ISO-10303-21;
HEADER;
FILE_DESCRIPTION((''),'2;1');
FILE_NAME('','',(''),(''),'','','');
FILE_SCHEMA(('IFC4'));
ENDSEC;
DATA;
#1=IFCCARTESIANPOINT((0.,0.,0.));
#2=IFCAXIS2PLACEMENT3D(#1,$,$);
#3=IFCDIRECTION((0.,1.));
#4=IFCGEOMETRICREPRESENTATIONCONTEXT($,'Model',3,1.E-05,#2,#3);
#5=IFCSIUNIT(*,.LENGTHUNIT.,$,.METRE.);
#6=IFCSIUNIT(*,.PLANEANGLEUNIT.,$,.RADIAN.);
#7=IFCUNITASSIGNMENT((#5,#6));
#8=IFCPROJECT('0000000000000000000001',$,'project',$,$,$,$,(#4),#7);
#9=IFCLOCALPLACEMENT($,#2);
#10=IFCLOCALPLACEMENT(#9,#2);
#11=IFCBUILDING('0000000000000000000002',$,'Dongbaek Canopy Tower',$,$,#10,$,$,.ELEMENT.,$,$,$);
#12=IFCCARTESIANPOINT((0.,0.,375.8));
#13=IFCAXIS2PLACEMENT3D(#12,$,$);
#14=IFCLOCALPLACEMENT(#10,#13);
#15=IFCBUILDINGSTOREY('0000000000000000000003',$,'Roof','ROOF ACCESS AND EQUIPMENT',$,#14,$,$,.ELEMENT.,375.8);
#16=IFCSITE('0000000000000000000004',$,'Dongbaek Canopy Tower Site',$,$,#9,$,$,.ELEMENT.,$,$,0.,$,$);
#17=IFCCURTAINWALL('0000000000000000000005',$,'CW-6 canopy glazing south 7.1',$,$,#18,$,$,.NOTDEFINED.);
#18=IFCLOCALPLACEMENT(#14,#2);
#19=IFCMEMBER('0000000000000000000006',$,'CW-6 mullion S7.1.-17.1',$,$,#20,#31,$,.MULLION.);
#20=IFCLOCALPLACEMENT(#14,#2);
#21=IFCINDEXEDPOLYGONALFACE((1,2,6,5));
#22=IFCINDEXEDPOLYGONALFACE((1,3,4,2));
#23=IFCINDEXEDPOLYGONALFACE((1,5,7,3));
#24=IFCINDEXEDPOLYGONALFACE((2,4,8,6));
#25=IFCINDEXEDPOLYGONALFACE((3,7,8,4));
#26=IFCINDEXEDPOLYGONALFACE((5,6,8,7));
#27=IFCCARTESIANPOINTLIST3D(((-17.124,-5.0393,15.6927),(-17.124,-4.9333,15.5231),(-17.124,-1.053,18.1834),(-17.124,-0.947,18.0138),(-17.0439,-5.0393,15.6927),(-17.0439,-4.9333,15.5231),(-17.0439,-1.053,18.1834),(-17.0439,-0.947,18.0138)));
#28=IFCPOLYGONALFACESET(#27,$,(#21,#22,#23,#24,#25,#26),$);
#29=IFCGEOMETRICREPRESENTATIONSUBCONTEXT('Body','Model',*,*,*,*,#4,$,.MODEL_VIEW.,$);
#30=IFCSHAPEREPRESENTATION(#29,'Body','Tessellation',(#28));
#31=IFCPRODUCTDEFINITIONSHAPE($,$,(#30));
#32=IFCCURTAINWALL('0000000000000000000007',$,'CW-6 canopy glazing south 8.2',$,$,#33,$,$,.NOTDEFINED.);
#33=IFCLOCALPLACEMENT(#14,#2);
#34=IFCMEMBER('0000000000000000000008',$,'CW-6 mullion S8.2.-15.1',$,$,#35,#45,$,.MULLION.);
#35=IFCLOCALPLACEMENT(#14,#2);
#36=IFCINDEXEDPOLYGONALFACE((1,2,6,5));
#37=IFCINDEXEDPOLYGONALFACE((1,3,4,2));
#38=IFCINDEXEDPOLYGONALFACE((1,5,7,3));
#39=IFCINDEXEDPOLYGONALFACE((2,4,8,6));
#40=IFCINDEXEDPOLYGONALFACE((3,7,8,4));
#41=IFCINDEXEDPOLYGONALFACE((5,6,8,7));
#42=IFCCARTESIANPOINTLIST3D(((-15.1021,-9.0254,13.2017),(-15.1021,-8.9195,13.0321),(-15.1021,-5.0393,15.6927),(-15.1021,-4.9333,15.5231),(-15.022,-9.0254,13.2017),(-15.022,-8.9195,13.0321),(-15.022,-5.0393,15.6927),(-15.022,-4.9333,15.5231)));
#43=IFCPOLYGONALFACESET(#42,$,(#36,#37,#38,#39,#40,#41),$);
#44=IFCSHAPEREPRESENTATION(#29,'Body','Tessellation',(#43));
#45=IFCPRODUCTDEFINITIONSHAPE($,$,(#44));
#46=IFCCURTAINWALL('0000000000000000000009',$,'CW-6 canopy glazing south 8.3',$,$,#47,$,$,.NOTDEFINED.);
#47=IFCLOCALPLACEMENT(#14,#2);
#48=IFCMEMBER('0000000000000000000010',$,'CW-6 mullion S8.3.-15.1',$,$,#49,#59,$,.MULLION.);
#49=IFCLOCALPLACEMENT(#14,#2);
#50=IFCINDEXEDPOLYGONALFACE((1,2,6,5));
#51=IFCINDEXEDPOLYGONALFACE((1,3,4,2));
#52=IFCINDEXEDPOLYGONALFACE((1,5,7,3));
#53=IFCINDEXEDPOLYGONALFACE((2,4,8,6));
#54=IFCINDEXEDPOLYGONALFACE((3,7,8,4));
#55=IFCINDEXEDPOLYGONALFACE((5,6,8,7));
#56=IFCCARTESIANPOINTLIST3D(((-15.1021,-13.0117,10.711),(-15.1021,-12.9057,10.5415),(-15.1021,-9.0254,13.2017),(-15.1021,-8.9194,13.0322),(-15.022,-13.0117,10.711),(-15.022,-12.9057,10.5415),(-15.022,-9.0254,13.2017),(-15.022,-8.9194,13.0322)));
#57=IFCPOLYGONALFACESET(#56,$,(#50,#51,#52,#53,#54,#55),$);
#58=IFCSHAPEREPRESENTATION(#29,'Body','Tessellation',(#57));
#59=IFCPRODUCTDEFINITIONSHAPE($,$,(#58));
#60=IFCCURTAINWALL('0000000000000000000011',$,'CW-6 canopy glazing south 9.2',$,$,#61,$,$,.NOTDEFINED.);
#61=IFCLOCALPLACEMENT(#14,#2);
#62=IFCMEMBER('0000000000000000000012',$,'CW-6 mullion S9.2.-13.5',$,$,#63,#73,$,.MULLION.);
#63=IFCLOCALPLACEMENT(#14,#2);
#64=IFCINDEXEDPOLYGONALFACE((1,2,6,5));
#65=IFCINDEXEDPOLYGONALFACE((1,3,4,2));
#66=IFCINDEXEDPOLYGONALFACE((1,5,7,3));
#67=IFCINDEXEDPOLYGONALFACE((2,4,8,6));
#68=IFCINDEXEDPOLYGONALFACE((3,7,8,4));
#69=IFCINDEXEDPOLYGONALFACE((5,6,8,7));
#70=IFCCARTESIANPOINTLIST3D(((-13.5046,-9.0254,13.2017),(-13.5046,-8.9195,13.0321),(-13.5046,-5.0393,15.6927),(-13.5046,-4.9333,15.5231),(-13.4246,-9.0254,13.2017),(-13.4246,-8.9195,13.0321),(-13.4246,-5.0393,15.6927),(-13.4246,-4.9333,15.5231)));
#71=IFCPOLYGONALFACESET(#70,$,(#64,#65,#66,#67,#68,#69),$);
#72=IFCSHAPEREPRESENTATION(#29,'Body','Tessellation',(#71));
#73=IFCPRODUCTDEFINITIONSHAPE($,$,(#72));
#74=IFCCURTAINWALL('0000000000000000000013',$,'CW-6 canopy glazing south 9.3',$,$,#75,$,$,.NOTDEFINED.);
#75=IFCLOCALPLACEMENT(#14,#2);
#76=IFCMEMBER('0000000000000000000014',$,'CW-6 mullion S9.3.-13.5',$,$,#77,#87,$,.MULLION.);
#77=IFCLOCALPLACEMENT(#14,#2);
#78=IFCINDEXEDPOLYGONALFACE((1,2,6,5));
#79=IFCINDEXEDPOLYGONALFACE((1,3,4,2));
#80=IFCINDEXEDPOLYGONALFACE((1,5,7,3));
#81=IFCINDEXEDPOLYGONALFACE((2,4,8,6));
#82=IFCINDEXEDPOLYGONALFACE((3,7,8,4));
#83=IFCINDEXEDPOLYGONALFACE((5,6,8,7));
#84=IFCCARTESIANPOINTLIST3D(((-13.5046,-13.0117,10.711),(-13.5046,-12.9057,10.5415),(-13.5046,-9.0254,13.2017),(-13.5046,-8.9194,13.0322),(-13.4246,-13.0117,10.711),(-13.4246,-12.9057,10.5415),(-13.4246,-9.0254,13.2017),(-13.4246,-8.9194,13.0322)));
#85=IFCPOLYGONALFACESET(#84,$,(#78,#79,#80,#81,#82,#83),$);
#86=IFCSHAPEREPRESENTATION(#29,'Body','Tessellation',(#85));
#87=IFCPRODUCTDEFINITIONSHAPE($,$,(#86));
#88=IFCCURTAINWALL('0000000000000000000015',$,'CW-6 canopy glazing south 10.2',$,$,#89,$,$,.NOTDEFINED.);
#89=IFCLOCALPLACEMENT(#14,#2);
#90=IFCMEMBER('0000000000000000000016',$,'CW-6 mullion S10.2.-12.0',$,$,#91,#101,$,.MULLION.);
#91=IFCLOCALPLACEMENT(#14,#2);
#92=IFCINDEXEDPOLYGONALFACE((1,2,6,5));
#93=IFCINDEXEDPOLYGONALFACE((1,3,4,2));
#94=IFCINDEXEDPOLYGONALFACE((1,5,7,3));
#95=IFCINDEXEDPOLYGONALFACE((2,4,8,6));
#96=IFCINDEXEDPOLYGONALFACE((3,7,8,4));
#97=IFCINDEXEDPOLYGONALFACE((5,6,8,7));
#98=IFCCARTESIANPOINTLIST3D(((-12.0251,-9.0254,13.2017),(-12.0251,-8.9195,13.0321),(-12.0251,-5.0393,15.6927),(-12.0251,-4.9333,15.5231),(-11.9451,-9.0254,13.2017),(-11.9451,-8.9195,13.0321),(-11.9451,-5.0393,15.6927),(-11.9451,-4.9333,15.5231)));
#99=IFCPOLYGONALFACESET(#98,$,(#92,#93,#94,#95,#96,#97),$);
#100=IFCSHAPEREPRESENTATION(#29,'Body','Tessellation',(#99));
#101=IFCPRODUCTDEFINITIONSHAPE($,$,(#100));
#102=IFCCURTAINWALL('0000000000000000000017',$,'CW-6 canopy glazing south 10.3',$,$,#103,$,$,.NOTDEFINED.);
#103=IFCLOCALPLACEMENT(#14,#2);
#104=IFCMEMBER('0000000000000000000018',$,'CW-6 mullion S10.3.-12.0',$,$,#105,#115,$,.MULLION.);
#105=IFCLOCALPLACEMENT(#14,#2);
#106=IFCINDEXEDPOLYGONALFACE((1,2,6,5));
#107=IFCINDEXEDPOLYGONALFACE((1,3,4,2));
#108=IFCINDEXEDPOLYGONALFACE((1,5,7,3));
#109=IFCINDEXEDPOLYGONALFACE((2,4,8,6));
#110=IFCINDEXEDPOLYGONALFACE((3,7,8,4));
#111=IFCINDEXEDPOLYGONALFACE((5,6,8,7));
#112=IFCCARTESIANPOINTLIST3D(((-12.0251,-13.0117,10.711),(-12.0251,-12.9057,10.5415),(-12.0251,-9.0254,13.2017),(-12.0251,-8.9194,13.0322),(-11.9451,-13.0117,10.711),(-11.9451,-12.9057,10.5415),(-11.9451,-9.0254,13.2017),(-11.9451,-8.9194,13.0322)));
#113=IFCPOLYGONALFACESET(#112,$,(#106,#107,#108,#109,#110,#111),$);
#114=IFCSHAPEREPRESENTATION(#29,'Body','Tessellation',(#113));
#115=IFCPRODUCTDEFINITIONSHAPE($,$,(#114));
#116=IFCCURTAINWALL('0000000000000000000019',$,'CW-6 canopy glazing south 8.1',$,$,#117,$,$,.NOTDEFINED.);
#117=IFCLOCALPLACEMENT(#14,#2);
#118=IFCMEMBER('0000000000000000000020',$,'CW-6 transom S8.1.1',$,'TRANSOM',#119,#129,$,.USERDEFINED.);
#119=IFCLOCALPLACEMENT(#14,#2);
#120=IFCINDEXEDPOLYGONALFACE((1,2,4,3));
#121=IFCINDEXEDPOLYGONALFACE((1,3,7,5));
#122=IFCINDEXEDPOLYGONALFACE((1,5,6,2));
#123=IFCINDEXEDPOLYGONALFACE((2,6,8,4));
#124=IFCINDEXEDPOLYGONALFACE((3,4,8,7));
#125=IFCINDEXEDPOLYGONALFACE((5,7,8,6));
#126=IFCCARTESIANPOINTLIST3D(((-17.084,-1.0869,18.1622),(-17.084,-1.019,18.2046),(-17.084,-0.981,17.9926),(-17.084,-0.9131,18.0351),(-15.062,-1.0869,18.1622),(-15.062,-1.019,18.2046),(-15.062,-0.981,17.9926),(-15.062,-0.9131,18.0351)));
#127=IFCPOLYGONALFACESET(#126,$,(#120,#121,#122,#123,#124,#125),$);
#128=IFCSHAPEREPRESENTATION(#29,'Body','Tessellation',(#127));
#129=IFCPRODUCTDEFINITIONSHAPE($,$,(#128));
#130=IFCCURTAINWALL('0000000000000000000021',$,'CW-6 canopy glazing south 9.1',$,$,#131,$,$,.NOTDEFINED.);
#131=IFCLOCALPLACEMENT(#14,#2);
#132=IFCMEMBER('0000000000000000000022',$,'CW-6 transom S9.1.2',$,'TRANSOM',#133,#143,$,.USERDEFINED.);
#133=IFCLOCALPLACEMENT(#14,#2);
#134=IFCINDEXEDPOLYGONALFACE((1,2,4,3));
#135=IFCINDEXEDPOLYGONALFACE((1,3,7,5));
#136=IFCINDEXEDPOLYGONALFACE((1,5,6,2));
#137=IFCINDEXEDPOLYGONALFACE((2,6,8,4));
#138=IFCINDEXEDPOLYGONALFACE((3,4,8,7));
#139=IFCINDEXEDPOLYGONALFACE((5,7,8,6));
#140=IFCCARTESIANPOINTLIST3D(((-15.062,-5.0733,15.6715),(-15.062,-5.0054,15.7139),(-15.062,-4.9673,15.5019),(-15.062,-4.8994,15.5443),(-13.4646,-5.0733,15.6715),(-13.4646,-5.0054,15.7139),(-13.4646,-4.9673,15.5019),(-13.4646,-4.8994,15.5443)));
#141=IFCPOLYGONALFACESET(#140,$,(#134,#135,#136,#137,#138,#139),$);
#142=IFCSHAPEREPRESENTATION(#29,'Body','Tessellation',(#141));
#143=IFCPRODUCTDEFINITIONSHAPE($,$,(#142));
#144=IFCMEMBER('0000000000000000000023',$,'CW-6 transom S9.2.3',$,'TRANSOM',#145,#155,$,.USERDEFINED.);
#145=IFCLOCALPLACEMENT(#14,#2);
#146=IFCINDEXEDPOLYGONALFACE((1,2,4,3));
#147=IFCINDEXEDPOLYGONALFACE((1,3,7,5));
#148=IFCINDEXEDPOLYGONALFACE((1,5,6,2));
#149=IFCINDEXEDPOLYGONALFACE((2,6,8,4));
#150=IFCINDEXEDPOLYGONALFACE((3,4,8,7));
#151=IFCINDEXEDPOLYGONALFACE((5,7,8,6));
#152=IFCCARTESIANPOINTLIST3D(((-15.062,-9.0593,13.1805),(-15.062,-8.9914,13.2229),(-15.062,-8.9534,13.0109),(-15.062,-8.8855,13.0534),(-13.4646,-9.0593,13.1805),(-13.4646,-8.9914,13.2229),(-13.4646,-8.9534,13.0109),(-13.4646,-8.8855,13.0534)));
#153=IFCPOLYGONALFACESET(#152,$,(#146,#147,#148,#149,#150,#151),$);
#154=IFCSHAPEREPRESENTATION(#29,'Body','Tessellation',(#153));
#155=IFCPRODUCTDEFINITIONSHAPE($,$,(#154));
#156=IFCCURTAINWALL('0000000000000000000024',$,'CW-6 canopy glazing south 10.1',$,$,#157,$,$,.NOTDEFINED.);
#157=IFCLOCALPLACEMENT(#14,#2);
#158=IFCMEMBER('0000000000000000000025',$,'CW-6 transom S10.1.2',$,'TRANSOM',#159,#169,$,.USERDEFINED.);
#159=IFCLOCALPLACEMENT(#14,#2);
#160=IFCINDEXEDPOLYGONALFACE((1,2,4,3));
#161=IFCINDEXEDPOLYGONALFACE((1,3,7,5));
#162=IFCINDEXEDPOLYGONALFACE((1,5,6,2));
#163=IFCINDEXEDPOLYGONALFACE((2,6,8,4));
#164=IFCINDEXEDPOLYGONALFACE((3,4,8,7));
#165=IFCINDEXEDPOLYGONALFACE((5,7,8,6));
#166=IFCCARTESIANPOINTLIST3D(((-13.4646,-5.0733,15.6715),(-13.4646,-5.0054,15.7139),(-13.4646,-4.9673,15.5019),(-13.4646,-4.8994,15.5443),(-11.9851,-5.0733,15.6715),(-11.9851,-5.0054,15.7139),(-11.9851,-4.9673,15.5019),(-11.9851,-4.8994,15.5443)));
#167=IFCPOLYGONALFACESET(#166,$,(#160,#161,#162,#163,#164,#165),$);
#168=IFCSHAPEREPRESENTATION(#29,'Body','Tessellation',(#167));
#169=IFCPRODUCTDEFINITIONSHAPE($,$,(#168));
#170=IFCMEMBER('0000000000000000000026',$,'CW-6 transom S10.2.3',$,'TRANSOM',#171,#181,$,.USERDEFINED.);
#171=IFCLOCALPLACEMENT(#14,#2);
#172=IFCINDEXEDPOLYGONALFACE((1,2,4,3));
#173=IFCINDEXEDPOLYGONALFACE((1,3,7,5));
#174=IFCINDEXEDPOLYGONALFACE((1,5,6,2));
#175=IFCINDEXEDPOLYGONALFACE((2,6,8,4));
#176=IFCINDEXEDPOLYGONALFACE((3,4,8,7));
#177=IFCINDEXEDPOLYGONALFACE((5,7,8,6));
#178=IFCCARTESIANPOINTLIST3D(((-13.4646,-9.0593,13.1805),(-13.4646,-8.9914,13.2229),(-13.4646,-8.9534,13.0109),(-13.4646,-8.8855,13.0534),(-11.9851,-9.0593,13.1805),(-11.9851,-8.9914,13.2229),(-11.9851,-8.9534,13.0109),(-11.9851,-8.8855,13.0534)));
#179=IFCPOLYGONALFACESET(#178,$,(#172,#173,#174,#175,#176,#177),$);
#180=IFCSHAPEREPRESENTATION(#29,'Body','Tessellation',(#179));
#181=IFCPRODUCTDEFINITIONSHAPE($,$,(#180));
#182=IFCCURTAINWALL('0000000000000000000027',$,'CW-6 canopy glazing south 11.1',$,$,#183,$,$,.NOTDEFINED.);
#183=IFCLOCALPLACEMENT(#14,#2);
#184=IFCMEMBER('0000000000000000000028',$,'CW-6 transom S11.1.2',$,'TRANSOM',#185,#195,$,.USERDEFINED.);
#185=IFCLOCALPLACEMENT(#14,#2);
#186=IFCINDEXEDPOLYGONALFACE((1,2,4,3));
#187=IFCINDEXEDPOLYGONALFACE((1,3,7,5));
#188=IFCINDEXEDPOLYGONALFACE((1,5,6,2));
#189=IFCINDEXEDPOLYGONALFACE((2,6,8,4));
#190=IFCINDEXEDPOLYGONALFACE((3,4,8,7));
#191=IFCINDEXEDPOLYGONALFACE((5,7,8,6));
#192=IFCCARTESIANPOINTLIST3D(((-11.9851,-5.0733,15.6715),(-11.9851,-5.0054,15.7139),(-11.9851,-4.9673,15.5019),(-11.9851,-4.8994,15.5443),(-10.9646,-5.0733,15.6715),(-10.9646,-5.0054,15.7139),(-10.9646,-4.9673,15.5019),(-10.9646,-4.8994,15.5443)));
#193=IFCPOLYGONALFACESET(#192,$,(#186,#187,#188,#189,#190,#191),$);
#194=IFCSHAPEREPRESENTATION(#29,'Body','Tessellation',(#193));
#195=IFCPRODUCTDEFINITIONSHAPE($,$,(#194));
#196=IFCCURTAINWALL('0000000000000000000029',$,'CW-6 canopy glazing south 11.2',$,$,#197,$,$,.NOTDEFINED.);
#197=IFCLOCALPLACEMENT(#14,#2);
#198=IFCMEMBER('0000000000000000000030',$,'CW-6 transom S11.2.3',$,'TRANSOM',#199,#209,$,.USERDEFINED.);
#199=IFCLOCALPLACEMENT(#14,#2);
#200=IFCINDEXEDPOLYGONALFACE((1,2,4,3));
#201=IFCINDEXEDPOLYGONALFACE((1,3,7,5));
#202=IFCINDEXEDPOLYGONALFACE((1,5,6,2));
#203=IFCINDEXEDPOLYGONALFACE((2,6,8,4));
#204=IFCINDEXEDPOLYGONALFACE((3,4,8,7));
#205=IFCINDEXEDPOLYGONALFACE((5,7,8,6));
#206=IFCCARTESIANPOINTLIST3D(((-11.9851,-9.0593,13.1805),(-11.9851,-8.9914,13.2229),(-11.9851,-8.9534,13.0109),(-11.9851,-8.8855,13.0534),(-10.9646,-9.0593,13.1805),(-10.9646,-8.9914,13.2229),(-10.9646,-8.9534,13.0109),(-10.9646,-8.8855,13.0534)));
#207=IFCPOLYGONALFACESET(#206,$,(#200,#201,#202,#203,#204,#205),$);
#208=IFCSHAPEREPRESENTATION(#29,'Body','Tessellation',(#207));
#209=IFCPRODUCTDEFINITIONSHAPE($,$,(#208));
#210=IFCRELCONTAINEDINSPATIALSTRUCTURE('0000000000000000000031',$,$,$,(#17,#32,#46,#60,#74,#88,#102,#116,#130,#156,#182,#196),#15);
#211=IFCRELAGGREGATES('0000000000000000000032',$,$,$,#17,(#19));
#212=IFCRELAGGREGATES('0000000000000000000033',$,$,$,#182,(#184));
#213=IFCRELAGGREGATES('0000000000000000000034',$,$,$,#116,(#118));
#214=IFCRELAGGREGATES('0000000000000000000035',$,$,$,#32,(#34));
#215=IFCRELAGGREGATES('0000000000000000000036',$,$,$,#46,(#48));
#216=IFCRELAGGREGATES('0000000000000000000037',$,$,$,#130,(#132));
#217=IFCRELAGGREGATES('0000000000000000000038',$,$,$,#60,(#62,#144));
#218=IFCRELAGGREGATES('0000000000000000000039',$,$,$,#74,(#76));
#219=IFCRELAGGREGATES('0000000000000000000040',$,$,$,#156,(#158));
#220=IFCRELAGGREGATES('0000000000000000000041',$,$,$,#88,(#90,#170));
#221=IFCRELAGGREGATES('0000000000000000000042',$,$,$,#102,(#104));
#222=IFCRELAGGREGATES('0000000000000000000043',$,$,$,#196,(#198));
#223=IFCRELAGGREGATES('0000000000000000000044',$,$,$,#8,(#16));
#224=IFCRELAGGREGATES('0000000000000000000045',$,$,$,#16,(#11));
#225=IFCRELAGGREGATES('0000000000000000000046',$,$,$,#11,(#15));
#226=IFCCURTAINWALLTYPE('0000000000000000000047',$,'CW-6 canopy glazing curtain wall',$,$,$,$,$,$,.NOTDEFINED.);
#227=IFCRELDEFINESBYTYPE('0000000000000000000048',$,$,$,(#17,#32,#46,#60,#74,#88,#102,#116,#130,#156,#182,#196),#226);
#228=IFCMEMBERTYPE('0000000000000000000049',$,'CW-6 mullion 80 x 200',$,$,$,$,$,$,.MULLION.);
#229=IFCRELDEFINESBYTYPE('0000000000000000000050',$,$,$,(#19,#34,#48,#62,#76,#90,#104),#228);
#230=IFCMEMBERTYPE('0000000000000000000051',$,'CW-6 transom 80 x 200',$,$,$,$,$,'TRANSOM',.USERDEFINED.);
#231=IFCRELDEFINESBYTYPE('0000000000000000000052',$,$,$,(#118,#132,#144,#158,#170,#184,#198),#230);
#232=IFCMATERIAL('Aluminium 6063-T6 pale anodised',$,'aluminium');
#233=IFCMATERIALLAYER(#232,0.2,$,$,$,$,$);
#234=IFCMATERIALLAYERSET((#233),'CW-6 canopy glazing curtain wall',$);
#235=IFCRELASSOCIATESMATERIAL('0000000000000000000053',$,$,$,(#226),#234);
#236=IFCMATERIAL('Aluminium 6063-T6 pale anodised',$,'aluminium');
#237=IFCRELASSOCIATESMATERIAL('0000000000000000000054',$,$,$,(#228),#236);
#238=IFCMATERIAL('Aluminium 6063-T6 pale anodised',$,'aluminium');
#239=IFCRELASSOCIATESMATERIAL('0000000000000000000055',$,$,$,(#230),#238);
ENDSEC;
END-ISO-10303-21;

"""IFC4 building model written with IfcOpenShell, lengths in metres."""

from ifc_helpers import new_model, si_unit, direction, frame, origin, origin_2d, place, context, subcontext, project, spatial, rectangle, extrude, material, layer, layer_set, material_profile, profile_set, type_object, element, aggregate, save


model = new_model("IFC4")

# Units and contexts
model_context = context("Model", 3, precision=1e-05, world=origin(), true_north=direction((0.0, 1.0)))
body_context = subcontext(model_context, "Body", "Model", "MODEL_VIEW")
ifc_project = project(units=[si_unit("LENGTHUNIT", "METRE"), si_unit("PLANEANGLEUNIT", "RADIAN")], contexts=[model_context])

# Site, building, storey
site_placement = place(None, origin())
site = spatial("IfcSite", under=ifc_project, at=site_placement, Name="Dongbaek Canopy Tower Site", CompositionType="ELEMENT", RefElevation=0.0)
building_placement = place(site_placement, origin())
building = spatial("IfcBuilding", under=site, at=building_placement, Name="Dongbaek Canopy Tower", CompositionType="ELEMENT")
storey_placement = place(building_placement, frame((0.0, 0.0, 375.8)))
storey = spatial("IfcBuildingStorey", under=building, at=storey_placement, Name="Roof", Description="ROOF ACCESS AND EQUIPMENT", CompositionType="ELEMENT", Elevation=375.8)

# Curtain walls, members
ifc_material_1 = material(Name="Aluminium 6063-T6 pale anodised", Category="aluminium")
ifc_layer_1 = layer(ifc_material_1, 0.2)
ifc_layer_set_1 = layer_set([ifc_layer_1], Name="CW-6 canopy glazing curtain wall")
curtain_wall_type = type_object("IfcCurtainWallType", Name="CW-6 canopy glazing curtain wall", PredefinedType="NOTDEFINED", material=ifc_layer_set_1)
curtain_wall_1_placement = place(storey_placement, origin())
curtain_wall_1 = element("IfcCurtainWall", 1, at=curtain_wall_1_placement, inside=storey, type_object=curtain_wall_type, Name="CW-6 canopy glazing south 7.1", PredefinedType="NOTDEFINED")
ifc_material_2 = material(Name="Aluminium 6063-T6 pale anodised", Category="aluminium")
ifc_material_profile_1 = material_profile(ifc_material_2, rectangle(XDim=0.0801, YDim=0.2, at=origin_2d()), Name="CW-6 mullion 80 x 200")
ifc_profile_set_1 = profile_set([ifc_material_profile_1], Name="Aluminium 6063-T6 pale anodised")
member_type_1 = type_object("IfcMemberType", Name="CW-6 mullion 80 x 200", PredefinedType="MULLION", material=ifc_profile_set_1)
member_1_placement = place(storey_placement, frame((-17.084, -1.0, 18.0986), z_axis=(0.0, -0.848068, -0.529887), x_axis=(1.0, 0.0, 0.0)))
member_1 = element("IfcMember", 2, at=member_1_placement, type_object=member_type_1, Name="CW-6 mullion S7.1.-17.1", PredefinedType="MULLION", context=body_context, shape_type="SweptSolid", body=[
    extrude(rectangle(XDim=0.0801, YDim=0.2, at=origin_2d()), origin(), (0.0, 0.0, 1.0), 4.7004),
])
aggregate(curtain_wall_1, [member_1])
curtain_wall_2_placement = place(storey_placement, origin())
curtain_wall_2 = element("IfcCurtainWall", 3, at=curtain_wall_2_placement, inside=storey, type_object=curtain_wall_type, Name="CW-6 canopy glazing south 8.2", PredefinedType="NOTDEFINED")
member_2_placement = place(storey_placement, frame((-15.062, -4.9863, 15.6079), z_axis=(0.0, -0.84803, -0.529948), x_axis=(1.0, 0.0, 0.0)))
member_2 = element("IfcMember", 4, at=member_2_placement, type_object=member_type_1, Name="CW-6 mullion S8.2.-15.1", PredefinedType="MULLION", context=body_context, shape_type="SweptSolid", body=[
    extrude(rectangle(XDim=0.0801, YDim=0.2, at=origin_2d()), origin(), (0.0, 0.0, 1.0), 4.7004),
])
curtain_wall_3_placement = place(storey_placement, origin())
curtain_wall_3 = element("IfcCurtainWall", 5, at=curtain_wall_3_placement, inside=storey, type_object=curtain_wall_type, Name="CW-6 canopy glazing south 8.3", PredefinedType="NOTDEFINED")
member_3_placement = place(storey_placement, frame((-15.062, -8.9724, 13.1169), z_axis=(0.0, -0.848068, -0.529887), x_axis=(1.0, 0.0, 0.0)))
member_3 = element("IfcMember", 6, at=member_3_placement, type_object=member_type_1, Name="CW-6 mullion S8.3.-15.1", PredefinedType="MULLION", context=body_context, shape_type="SweptSolid", body=[
    extrude(rectangle(XDim=0.0801, YDim=0.2, at=origin_2d()), origin(), (0.0, 0.0, 1.0), 4.7004),
])
curtain_wall_4_placement = place(storey_placement, origin())
curtain_wall_4 = element("IfcCurtainWall", 7, at=curtain_wall_4_placement, inside=storey, type_object=curtain_wall_type, Name="CW-6 canopy glazing south 9.2", PredefinedType="NOTDEFINED")
member_4_placement = place(storey_placement, frame((-13.4646, -4.9863, 15.6079), z_axis=(0.0, -0.84803, -0.529948), x_axis=(1.0, 0.0, 0.0)))
member_4 = element("IfcMember", 8, at=member_4_placement, type_object=member_type_1, Name="CW-6 mullion S9.2.-13.5", PredefinedType="MULLION", context=body_context, shape_type="SweptSolid", body=[
    extrude(rectangle(XDim=0.0801, YDim=0.2, at=origin_2d()), origin(), (0.0, 0.0, 1.0), 4.7004),
])
curtain_wall_5_placement = place(storey_placement, origin())
curtain_wall_5 = element("IfcCurtainWall", 9, at=curtain_wall_5_placement, inside=storey, type_object=curtain_wall_type, Name="CW-6 canopy glazing south 9.3", PredefinedType="NOTDEFINED")
member_5_placement = place(storey_placement, frame((-13.4646, -8.9724, 13.1169), z_axis=(0.0, -0.848068, -0.529887), x_axis=(1.0, 0.0, 0.0)))
member_5 = element("IfcMember", 10, at=member_5_placement, type_object=member_type_1, Name="CW-6 mullion S9.3.-13.5", PredefinedType="MULLION", context=body_context, shape_type="SweptSolid", body=[
    extrude(rectangle(XDim=0.0801, YDim=0.2, at=origin_2d()), origin(), (0.0, 0.0, 1.0), 4.7004),
])
curtain_wall_6_placement = place(storey_placement, origin())
curtain_wall_6 = element("IfcCurtainWall", 11, at=curtain_wall_6_placement, inside=storey, type_object=curtain_wall_type, Name="CW-6 canopy glazing south 10.2", PredefinedType="NOTDEFINED")
member_6_placement = place(storey_placement, frame((-11.9851, -4.9863, 15.6079), z_axis=(0.0, -0.84803, -0.529948), x_axis=(1.0, 0.0, 0.0)))
member_6 = element("IfcMember", 12, at=member_6_placement, type_object=member_type_1, Name="CW-6 mullion S10.2.-12.0", PredefinedType="MULLION", context=body_context, shape_type="SweptSolid", body=[
    extrude(rectangle(XDim=0.0801, YDim=0.2, at=origin_2d()), origin(), (0.0, 0.0, 1.0), 4.7004),
])
curtain_wall_7_placement = place(storey_placement, origin())
curtain_wall_7 = element("IfcCurtainWall", 13, at=curtain_wall_7_placement, inside=storey, type_object=curtain_wall_type, Name="CW-6 canopy glazing south 10.3", PredefinedType="NOTDEFINED")
member_7_placement = place(storey_placement, frame((-11.9851, -8.9724, 13.1169), z_axis=(0.0, -0.848068, -0.529887), x_axis=(1.0, 0.0, 0.0)))
member_7 = element("IfcMember", 14, at=member_7_placement, type_object=member_type_1, Name="CW-6 mullion S10.3.-12.0", PredefinedType="MULLION", context=body_context, shape_type="SweptSolid", body=[
    extrude(rectangle(XDim=0.0801, YDim=0.2, at=origin_2d()), origin(), (0.0, 0.0, 1.0), 4.7004),
])
curtain_wall_8_placement = place(storey_placement, origin())
curtain_wall_8 = element("IfcCurtainWall", 15, at=curtain_wall_8_placement, inside=storey, type_object=curtain_wall_type, Name="CW-6 canopy glazing south 8.1", PredefinedType="NOTDEFINED")
ifc_material_3 = material(Name="Aluminium 6063-T6 pale anodised", Category="aluminium")
ifc_material_profile_2 = material_profile(ifc_material_3, rectangle(XDim=0.0801, YDim=0.2, at=origin_2d()), Name="CW-6 transom 80 x 200")
ifc_profile_set_2 = profile_set([ifc_material_profile_2], Name="Aluminium 6063-T6 pale anodised")
member_type_2 = type_object("IfcMemberType", Name="CW-6 transom 80 x 200", ElementType="TRANSOM", PredefinedType="USERDEFINED", material=ifc_profile_set_2)
member_8_placement = place(storey_placement, frame((-17.084, -1.0, 18.0986), z_axis=(1.0, 0.0, 0.0), x_axis=(0.0, 0.848048, 0.529919)))
member_8 = element("IfcMember", 16, at=member_8_placement, type_object=member_type_2, Name="CW-6 transom S8.1.1", ObjectType="TRANSOM", PredefinedType="USERDEFINED", context=body_context, shape_type="SweptSolid", body=[
    extrude(rectangle(XDim=0.0801, YDim=0.2, at=origin_2d()), origin(), (0.0, 0.0, 1.0), 2.022),
])
curtain_wall_9_placement = place(storey_placement, origin())
curtain_wall_9 = element("IfcCurtainWall", 17, at=curtain_wall_9_placement, inside=storey, type_object=curtain_wall_type, Name="CW-6 canopy glazing south 9.1", PredefinedType="NOTDEFINED")
member_9_placement = place(storey_placement, frame((-15.062, -4.9863, 15.6079), z_axis=(1.0, 0.0, 0.0), x_axis=(0.0, 0.848048, 0.529919)))
member_9 = element("IfcMember", 18, at=member_9_placement, type_object=member_type_2, Name="CW-6 transom S9.1.2", ObjectType="TRANSOM", PredefinedType="USERDEFINED", context=body_context, shape_type="SweptSolid", body=[
    extrude(rectangle(XDim=0.0801, YDim=0.2, at=origin_2d()), origin(), (0.0, 0.0, 1.0), 1.5974),
])

# Member
member_10_placement = place(storey_placement, frame((-15.062, -8.9724, 13.1169), z_axis=(1.0, 0.0, 0.0), x_axis=(0.0, 0.848048, 0.529919)))
member_10 = element("IfcMember", 19, at=member_10_placement, type_object=member_type_2, Name="CW-6 transom S9.2.3", ObjectType="TRANSOM", PredefinedType="USERDEFINED", context=body_context, shape_type="SweptSolid", body=[
    extrude(rectangle(XDim=0.0801, YDim=0.2, at=origin_2d()), origin(), (0.0, 0.0, 1.0), 1.5974),
])

# Curtain wall, member
curtain_wall_10_placement = place(storey_placement, origin())
curtain_wall_10 = element("IfcCurtainWall", 20, at=curtain_wall_10_placement, inside=storey, type_object=curtain_wall_type, Name="CW-6 canopy glazing south 10.1", PredefinedType="NOTDEFINED")
member_11_placement = place(storey_placement, frame((-13.4646, -4.9863, 15.6079), z_axis=(1.0, 0.0, 0.0), x_axis=(0.0, 0.848048, 0.529919)))
member_11 = element("IfcMember", 21, at=member_11_placement, type_object=member_type_2, Name="CW-6 transom S10.1.2", ObjectType="TRANSOM", PredefinedType="USERDEFINED", context=body_context, shape_type="SweptSolid", body=[
    extrude(rectangle(XDim=0.0801, YDim=0.2, at=origin_2d()), origin(), (0.0, 0.0, 1.0), 1.4795),
])

# Member
member_12_placement = place(storey_placement, frame((-13.4646, -8.9724, 13.1169), z_axis=(1.0, 0.0, 0.0), x_axis=(0.0, 0.848048, 0.529919)))
member_12 = element("IfcMember", 22, at=member_12_placement, type_object=member_type_2, Name="CW-6 transom S10.2.3", ObjectType="TRANSOM", PredefinedType="USERDEFINED", context=body_context, shape_type="SweptSolid", body=[
    extrude(rectangle(XDim=0.0801, YDim=0.2, at=origin_2d()), origin(), (0.0, 0.0, 1.0), 1.4795),
])

# Curtain walls, members
curtain_wall_11_placement = place(storey_placement, origin())
curtain_wall_11 = element("IfcCurtainWall", 23, at=curtain_wall_11_placement, inside=storey, type_object=curtain_wall_type, Name="CW-6 canopy glazing south 11.1", PredefinedType="NOTDEFINED")
member_13_placement = place(storey_placement, frame((-11.9851, -4.9863, 15.6079), z_axis=(1.0, 0.0, 0.0), x_axis=(0.0, 0.848048, 0.529919)))
member_13 = element("IfcMember", 24, at=member_13_placement, type_object=member_type_2, Name="CW-6 transom S11.1.2", ObjectType="TRANSOM", PredefinedType="USERDEFINED", context=body_context, shape_type="SweptSolid", body=[
    extrude(rectangle(XDim=0.0801, YDim=0.2, at=origin_2d()), origin(), (0.0, 0.0, 1.0), 1.0205),
])
aggregate(curtain_wall_11, [member_13])
curtain_wall_12_placement = place(storey_placement, origin())
curtain_wall_12 = element("IfcCurtainWall", 25, at=curtain_wall_12_placement, inside=storey, type_object=curtain_wall_type, Name="CW-6 canopy glazing south 11.2", PredefinedType="NOTDEFINED")
member_14_placement = place(storey_placement, frame((-11.9851, -8.9724, 13.1169), z_axis=(1.0, 0.0, 0.0), x_axis=(0.0, 0.848048, 0.529919)))
member_14 = element("IfcMember", 26, at=member_14_placement, type_object=member_type_2, Name="CW-6 transom S11.2.3", ObjectType="TRANSOM", PredefinedType="USERDEFINED", context=body_context, shape_type="SweptSolid", body=[
    extrude(rectangle(XDim=0.0801, YDim=0.2, at=origin_2d()), origin(), (0.0, 0.0, 1.0), 1.0205),
])

aggregate(curtain_wall_8, [member_8])
aggregate(curtain_wall_2, [member_2])
aggregate(curtain_wall_3, [member_3])
aggregate(curtain_wall_9, [member_9])
aggregate(curtain_wall_4, [member_4, member_10])
aggregate(curtain_wall_5, [member_5])
aggregate(curtain_wall_10, [member_11])
aggregate(curtain_wall_6, [member_6, member_12])
aggregate(curtain_wall_7, [member_7])
aggregate(curtain_wall_12, [member_14])

save(model, "model.ifc")
